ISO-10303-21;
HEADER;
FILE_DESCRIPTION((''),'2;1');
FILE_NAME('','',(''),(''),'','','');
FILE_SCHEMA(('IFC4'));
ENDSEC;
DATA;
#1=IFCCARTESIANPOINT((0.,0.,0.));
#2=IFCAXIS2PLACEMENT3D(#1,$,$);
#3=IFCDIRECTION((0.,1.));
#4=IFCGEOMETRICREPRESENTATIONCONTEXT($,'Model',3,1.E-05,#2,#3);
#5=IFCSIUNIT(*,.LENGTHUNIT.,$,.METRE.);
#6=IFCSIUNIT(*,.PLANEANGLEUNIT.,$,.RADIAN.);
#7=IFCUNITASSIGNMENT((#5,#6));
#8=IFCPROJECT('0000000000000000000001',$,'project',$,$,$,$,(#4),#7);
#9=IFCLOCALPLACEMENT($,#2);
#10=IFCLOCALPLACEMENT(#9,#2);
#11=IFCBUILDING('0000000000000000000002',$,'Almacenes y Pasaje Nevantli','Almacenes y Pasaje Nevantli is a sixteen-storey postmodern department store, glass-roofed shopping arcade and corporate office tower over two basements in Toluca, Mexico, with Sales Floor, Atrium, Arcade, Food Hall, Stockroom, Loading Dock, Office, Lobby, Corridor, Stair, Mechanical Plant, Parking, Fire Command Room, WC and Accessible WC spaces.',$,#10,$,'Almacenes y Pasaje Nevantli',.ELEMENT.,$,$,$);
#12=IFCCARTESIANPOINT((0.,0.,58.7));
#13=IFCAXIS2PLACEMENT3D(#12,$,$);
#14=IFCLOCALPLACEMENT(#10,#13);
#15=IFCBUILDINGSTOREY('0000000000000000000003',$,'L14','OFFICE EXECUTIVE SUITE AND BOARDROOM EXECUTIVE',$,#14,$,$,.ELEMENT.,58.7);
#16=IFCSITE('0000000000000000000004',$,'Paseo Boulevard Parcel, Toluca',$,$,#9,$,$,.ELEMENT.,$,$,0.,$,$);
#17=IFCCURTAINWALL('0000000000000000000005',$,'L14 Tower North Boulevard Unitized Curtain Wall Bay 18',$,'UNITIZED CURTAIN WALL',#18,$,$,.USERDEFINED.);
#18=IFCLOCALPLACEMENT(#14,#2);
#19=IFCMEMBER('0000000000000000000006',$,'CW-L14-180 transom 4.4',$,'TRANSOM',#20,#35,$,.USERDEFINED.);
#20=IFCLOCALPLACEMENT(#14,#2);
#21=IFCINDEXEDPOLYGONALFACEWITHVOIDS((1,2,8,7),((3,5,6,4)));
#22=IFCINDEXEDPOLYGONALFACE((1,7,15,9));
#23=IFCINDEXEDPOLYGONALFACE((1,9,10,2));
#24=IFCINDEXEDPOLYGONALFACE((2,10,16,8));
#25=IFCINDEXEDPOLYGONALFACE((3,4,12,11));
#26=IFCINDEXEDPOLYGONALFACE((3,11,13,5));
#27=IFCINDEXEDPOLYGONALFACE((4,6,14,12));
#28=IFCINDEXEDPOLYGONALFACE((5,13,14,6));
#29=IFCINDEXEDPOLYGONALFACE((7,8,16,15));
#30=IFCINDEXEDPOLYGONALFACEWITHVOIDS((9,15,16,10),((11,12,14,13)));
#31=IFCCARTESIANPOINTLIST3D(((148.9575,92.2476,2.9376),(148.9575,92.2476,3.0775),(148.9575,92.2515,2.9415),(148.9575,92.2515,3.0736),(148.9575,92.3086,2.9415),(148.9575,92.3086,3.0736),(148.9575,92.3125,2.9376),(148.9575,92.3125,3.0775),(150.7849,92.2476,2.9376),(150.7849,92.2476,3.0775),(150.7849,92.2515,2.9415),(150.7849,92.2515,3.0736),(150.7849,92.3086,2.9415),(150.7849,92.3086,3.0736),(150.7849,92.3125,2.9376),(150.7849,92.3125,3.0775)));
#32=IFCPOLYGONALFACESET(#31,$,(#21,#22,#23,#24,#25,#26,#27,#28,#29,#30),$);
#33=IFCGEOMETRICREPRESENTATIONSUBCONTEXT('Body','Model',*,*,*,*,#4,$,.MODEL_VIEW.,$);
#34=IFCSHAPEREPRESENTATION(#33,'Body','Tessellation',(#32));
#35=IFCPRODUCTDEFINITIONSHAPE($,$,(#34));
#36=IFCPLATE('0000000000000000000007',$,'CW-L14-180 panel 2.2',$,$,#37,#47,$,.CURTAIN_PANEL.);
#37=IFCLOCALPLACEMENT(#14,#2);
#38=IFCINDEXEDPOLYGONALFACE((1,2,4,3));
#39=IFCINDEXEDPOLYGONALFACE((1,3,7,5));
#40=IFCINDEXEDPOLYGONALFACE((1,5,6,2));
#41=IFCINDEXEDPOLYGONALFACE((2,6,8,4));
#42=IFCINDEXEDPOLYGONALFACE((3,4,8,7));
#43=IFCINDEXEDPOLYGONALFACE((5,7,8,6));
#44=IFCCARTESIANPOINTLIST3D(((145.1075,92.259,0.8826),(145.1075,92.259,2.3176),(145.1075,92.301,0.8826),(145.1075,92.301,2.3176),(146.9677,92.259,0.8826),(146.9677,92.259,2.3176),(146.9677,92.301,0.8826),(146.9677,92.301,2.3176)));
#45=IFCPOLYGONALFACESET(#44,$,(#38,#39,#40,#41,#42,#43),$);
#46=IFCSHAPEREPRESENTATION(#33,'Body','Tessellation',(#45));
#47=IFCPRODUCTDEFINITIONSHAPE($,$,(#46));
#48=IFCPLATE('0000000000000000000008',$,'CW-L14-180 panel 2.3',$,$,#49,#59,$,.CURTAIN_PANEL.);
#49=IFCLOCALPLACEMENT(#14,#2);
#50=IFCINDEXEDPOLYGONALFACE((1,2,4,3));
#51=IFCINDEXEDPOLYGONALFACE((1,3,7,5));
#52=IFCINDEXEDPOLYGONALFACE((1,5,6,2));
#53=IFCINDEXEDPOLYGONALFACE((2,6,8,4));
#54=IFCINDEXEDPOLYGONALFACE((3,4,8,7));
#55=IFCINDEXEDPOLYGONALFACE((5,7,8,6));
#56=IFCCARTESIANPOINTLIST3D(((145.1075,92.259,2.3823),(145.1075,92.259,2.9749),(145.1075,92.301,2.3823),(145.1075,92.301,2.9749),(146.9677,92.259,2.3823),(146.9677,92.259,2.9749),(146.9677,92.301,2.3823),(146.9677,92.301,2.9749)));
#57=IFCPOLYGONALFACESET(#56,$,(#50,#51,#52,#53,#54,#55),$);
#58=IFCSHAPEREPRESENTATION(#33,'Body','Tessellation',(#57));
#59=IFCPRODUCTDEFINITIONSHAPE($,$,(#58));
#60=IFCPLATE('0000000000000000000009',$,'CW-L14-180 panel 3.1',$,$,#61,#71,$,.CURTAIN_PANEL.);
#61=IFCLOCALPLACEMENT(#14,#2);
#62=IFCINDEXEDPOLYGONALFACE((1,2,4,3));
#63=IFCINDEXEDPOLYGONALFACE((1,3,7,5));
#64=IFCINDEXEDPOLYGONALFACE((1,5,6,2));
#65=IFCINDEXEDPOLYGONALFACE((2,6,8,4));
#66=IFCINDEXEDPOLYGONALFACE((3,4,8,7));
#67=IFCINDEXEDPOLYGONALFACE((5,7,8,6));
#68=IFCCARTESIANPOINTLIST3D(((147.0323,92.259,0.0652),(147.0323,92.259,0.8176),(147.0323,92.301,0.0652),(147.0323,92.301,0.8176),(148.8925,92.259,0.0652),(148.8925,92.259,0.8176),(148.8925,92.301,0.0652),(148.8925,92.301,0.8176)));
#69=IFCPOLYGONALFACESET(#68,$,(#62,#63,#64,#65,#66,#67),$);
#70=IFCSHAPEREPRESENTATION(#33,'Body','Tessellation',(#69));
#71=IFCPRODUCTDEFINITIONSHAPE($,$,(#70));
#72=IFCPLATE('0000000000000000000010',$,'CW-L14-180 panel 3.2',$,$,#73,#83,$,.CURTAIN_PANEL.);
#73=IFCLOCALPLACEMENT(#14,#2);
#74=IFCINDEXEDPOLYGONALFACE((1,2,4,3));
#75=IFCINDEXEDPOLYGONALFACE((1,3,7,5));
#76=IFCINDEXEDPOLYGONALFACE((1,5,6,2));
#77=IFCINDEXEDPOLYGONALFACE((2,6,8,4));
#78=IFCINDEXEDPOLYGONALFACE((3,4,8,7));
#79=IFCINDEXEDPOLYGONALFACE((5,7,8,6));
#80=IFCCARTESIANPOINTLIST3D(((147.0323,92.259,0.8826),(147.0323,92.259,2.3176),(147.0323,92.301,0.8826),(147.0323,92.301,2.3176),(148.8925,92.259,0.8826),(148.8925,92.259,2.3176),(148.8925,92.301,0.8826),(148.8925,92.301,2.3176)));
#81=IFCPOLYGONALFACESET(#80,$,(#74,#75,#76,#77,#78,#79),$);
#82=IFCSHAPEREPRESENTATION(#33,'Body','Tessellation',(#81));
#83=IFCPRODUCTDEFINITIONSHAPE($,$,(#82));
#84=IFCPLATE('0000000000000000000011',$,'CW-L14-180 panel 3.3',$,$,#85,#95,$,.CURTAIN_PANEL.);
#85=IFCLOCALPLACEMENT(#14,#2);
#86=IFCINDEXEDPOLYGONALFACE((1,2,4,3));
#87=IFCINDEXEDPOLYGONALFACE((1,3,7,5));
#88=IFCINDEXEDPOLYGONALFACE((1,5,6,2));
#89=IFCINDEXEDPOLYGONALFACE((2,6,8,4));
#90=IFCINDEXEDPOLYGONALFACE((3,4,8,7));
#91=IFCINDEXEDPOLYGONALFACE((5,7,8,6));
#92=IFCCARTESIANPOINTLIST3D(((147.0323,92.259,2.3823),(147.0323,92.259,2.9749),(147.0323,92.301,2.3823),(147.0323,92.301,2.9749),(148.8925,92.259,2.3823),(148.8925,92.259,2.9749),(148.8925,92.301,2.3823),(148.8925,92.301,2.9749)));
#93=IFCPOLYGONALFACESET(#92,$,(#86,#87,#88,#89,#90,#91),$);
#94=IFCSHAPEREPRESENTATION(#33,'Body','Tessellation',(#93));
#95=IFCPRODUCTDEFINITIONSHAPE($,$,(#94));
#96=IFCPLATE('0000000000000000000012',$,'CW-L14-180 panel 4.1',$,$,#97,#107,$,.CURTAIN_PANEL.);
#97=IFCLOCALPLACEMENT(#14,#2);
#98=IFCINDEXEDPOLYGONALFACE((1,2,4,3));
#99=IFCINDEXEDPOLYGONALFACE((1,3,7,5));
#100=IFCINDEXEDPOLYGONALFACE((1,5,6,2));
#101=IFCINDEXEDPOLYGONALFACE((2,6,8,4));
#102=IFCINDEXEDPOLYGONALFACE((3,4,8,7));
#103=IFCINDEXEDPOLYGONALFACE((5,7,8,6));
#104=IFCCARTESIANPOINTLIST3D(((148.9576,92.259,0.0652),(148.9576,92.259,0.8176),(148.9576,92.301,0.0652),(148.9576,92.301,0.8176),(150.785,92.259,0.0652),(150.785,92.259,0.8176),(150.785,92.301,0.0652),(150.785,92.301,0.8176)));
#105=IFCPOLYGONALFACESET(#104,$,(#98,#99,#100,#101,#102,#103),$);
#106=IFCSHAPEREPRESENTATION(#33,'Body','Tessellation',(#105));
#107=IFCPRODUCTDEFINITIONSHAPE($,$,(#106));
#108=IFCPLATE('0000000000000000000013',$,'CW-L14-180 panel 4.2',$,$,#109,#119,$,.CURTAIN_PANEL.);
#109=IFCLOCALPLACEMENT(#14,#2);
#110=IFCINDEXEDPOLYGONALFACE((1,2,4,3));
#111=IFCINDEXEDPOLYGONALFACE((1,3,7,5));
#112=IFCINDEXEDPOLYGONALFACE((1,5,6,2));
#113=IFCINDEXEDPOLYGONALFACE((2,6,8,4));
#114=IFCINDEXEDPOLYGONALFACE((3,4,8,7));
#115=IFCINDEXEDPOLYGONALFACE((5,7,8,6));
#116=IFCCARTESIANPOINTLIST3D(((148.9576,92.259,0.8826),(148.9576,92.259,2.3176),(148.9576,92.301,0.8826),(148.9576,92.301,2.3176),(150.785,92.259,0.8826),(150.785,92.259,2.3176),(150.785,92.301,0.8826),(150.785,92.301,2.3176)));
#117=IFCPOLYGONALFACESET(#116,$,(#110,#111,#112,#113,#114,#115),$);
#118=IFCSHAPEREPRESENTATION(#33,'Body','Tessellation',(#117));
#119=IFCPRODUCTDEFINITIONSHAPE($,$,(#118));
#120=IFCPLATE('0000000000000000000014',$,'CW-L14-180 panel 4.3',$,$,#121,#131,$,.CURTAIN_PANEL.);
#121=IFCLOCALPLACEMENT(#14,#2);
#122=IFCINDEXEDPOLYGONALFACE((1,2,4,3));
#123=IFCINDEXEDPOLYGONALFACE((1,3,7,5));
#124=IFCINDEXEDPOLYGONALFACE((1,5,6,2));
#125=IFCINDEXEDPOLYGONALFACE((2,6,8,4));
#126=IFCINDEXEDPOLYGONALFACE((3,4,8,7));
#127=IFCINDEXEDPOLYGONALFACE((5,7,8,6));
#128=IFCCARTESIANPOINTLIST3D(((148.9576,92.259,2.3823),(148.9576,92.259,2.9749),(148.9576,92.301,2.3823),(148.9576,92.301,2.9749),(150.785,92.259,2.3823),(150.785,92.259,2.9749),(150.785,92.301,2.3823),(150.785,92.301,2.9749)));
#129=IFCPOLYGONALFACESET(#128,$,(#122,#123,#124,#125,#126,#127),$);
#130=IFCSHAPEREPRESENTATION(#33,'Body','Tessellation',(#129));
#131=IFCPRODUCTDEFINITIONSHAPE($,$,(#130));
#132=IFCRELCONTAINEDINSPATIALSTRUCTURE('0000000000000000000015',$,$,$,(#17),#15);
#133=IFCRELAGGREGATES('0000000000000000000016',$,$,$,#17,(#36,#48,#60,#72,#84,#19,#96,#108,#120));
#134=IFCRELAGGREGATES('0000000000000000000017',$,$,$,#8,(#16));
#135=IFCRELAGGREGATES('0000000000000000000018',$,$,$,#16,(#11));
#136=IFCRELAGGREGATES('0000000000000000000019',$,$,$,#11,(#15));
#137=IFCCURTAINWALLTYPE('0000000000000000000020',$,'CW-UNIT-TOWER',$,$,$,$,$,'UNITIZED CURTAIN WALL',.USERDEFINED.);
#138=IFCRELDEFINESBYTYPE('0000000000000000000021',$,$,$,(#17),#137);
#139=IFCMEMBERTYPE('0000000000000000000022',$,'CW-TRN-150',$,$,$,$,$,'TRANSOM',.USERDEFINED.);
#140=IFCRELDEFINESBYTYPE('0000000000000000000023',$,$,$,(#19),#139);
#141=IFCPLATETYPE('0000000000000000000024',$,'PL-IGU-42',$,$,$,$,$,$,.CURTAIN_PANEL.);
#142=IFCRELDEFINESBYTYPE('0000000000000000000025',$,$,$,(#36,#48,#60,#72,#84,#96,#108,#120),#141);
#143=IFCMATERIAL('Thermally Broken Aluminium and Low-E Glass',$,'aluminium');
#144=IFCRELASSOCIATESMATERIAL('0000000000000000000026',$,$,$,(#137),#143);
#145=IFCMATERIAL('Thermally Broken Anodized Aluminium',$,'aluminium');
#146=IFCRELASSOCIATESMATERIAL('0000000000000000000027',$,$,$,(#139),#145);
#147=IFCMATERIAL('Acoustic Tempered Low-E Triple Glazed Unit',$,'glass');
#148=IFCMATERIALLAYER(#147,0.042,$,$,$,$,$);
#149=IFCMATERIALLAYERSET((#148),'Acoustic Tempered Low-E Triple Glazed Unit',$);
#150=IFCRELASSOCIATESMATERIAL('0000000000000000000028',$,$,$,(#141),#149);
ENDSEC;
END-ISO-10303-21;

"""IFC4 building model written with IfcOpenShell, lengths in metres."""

from ifc_helpers import new_model, si_unit, direction, frame, origin, origin_2d, place, context, subcontext, project, spatial, rectangle, hollow_rectangle, extrude, material, layer, layer_set, material_profile, profile_set, type_object, element, aggregate, save


model = new_model("IFC4")

# Units and contexts
model_context = context("Model", 3, precision=1e-05, world=origin(), true_north=direction((0.0, 1.0)))
body_context = subcontext(model_context, "Body", "Model", "MODEL_VIEW")
ifc_project = project(units=[si_unit("LENGTHUNIT", "METRE"), si_unit("PLANEANGLEUNIT", "RADIAN")], contexts=[model_context])

# Site, building, storey
site_placement = place(None, origin())
site = spatial("IfcSite", under=ifc_project, at=site_placement, Name="Paseo Boulevard Parcel, Toluca", CompositionType="ELEMENT", RefElevation=0.0)
building_placement = place(site_placement, origin())
building = spatial("IfcBuilding", under=site, at=building_placement, Name="Almacenes y Pasaje Nevantli", Description="Almacenes y Pasaje Nevantli is a sixteen-storey postmodern department store, glass-roofed shopping arcade and corporate office tower over two basements in Toluca, Mexico, with Sales Floor, Atrium, Arcade, Food Hall, Stockroom, Loading Dock, Office, Lobby, Corridor, Stair, Mechanical Plant, Parking, Fire Command Room, WC and Accessible WC spaces.", LongName="Almacenes y Pasaje Nevantli", CompositionType="ELEMENT")
storey_placement = place(building_placement, frame((0.0, 0.0, 58.7)))
storey = spatial("IfcBuildingStorey", under=building, at=storey_placement, Name="L14", Description="OFFICE EXECUTIVE SUITE AND BOARDROOM EXECUTIVE", CompositionType="ELEMENT", Elevation=58.7)

# Curtain wall, member, plates
ifc_material_1 = material(Name="Thermally Broken Aluminium and Low-E Glass", Category="aluminium")
curtain_wall_type = type_object("IfcCurtainWallType", Name="CW-UNIT-TOWER", ElementType="UNITIZED CURTAIN WALL", PredefinedType="USERDEFINED", material=ifc_material_1)
curtain_wall_placement = place(storey_placement, origin())
curtain_wall = element("IfcCurtainWall", 1, at=curtain_wall_placement, inside=storey, type_object=curtain_wall_type, Name="L14 Tower North Boulevard Unitized Curtain Wall Bay 18", ObjectType="UNITIZED CURTAIN WALL", PredefinedType="USERDEFINED")
ifc_material_2 = material(Name="Thermally Broken Anodized Aluminium", Category="aluminium")
ifc_material_profile_1 = material_profile(ifc_material_2, hollow_rectangle(XDim=0.0649, YDim=0.1399, WallThickness=0.0039, at=origin_2d()), Name="ALU-TRN-65x140")
ifc_profile_set_1 = profile_set([ifc_material_profile_1], Name="Thermally Broken Anodized Aluminium")
member_type_1 = type_object("IfcMemberType", Name="CW-TRN-150", ElementType="TRANSOM", PredefinedType="USERDEFINED", material=ifc_profile_set_1)
member_1_placement = place(storey_placement, frame((148.9575, 92.28, 3.0076), z_axis=(1.0, 0.0, 0.0), x_axis=(0.0, 1.0, 0.0)))
member_1 = element("IfcMember", 2, at=member_1_placement, type_object=member_type_1, Name="CW-L14-180 transom 4.4", ObjectType="TRANSOM", PredefinedType="USERDEFINED", context=body_context, shape_type="SweptSolid", body=[
    extrude(hollow_rectangle(XDim=0.0649, YDim=0.1399, WallThickness=0.0039, at=origin_2d()), origin(), (0.0, 0.0, 1.0), 1.8274),
])
ifc_material_3 = material(Name="Acoustic Tempered Low-E Triple Glazed Unit", Category="glass")
ifc_layer = layer(ifc_material_3, 0.042)
ifc_layer_set = layer_set([ifc_layer], Name="Acoustic Tempered Low-E Triple Glazed Unit")
plate_type = type_object("IfcPlateType", Name="PL-IGU-42", PredefinedType="CURTAIN_PANEL", material=ifc_layer_set)
plate_1_placement = place(storey_placement, frame((146.0376, 92.28, 0.8826), z_axis=(0.0, 0.0, 1.0), x_axis=(1.0, 0.0, 0.0)))
plate_1 = element("IfcPlate", 3, at=plate_1_placement, type_object=plate_type, Name="CW-L14-180 panel 2.2", PredefinedType="CURTAIN_PANEL", context=body_context, shape_type="SweptSolid", body=[
    extrude(rectangle(XDim=1.8601, YDim=0.042, at=origin_2d()), origin(), (0.0, 0.0, 1.0), 1.4351),
])
plate_2_placement = place(storey_placement, frame((146.0376, 92.28, 2.3823), z_axis=(0.0, 0.0, 1.0), x_axis=(1.0, 0.0, 0.0)))
plate_2 = element("IfcPlate", 4, at=plate_2_placement, type_object=plate_type, Name="CW-L14-180 panel 2.3", PredefinedType="CURTAIN_PANEL", context=body_context, shape_type="SweptSolid", body=[
    extrude(rectangle(XDim=1.8601, YDim=0.042, at=origin_2d()), origin(), (0.0, 0.0, 1.0), 0.5925),
])
plate_3_placement = place(storey_placement, frame((147.9624, 92.28, 0.0652), z_axis=(0.0, 0.0, 1.0), x_axis=(1.0, 0.0, 0.0)))
plate_3 = element("IfcPlate", 5, at=plate_3_placement, type_object=plate_type, Name="CW-L14-180 panel 3.1", PredefinedType="CURTAIN_PANEL", context=body_context, shape_type="SweptSolid", body=[
    extrude(rectangle(XDim=1.8601, YDim=0.042, at=origin_2d()), origin(), (0.0, 0.0, 1.0), 0.7524),
])
plate_4_placement = place(storey_placement, frame((147.9624, 92.28, 0.8826), z_axis=(0.0, 0.0, 1.0), x_axis=(1.0, 0.0, 0.0)))
plate_4 = element("IfcPlate", 6, at=plate_4_placement, type_object=plate_type, Name="CW-L14-180 panel 3.2", PredefinedType="CURTAIN_PANEL", context=body_context, shape_type="SweptSolid", body=[
    extrude(rectangle(XDim=1.8601, YDim=0.042, at=origin_2d()), origin(), (0.0, 0.0, 1.0), 1.4351),
])
plate_5_placement = place(storey_placement, frame((147.9624, 92.28, 2.3823), z_axis=(0.0, 0.0, 1.0), x_axis=(1.0, 0.0, 0.0)))
plate_5 = element("IfcPlate", 7, at=plate_5_placement, type_object=plate_type, Name="CW-L14-180 panel 3.3", PredefinedType="CURTAIN_PANEL", context=body_context, shape_type="SweptSolid", body=[
    extrude(rectangle(XDim=1.8601, YDim=0.042, at=origin_2d()), origin(), (0.0, 0.0, 1.0), 0.5925),
])
plate_6_placement = place(storey_placement, frame((149.8713, 92.28, 0.0652), z_axis=(0.0, 0.0, 1.0), x_axis=(1.0, 0.0, 0.0)))
plate_6 = element("IfcPlate", 8, at=plate_6_placement, type_object=plate_type, Name="CW-L14-180 panel 4.1", PredefinedType="CURTAIN_PANEL", context=body_context, shape_type="SweptSolid", body=[
    extrude(rectangle(XDim=1.8274, YDim=0.042, at=origin_2d()), origin(), (0.0, 0.0, 1.0), 0.7524),
])
plate_7_placement = place(storey_placement, frame((149.8713, 92.28, 0.8826), z_axis=(0.0, 0.0, 1.0), x_axis=(1.0, 0.0, 0.0)))
plate_7 = element("IfcPlate", 9, at=plate_7_placement, type_object=plate_type, Name="CW-L14-180 panel 4.2", PredefinedType="CURTAIN_PANEL", context=body_context, shape_type="SweptSolid", body=[
    extrude(rectangle(XDim=1.8274, YDim=0.042, at=origin_2d()), origin(), (0.0, 0.0, 1.0), 1.4351),
])
plate_8_placement = place(storey_placement, frame((149.8713, 92.28, 2.3823), z_axis=(0.0, 0.0, 1.0), x_axis=(1.0, 0.0, 0.0)))
plate_8 = element("IfcPlate", 10, at=plate_8_placement, type_object=plate_type, Name="CW-L14-180 panel 4.3", PredefinedType="CURTAIN_PANEL", context=body_context, shape_type="SweptSolid", body=[
    extrude(rectangle(XDim=1.8274, YDim=0.042, at=origin_2d()), origin(), (0.0, 0.0, 1.0), 0.5925),
])
aggregate(curtain_wall, [plate_1, plate_2, plate_3, plate_4, plate_5, member_1, plate_6, plate_7, plate_8])

save(model, "model.ifc")
